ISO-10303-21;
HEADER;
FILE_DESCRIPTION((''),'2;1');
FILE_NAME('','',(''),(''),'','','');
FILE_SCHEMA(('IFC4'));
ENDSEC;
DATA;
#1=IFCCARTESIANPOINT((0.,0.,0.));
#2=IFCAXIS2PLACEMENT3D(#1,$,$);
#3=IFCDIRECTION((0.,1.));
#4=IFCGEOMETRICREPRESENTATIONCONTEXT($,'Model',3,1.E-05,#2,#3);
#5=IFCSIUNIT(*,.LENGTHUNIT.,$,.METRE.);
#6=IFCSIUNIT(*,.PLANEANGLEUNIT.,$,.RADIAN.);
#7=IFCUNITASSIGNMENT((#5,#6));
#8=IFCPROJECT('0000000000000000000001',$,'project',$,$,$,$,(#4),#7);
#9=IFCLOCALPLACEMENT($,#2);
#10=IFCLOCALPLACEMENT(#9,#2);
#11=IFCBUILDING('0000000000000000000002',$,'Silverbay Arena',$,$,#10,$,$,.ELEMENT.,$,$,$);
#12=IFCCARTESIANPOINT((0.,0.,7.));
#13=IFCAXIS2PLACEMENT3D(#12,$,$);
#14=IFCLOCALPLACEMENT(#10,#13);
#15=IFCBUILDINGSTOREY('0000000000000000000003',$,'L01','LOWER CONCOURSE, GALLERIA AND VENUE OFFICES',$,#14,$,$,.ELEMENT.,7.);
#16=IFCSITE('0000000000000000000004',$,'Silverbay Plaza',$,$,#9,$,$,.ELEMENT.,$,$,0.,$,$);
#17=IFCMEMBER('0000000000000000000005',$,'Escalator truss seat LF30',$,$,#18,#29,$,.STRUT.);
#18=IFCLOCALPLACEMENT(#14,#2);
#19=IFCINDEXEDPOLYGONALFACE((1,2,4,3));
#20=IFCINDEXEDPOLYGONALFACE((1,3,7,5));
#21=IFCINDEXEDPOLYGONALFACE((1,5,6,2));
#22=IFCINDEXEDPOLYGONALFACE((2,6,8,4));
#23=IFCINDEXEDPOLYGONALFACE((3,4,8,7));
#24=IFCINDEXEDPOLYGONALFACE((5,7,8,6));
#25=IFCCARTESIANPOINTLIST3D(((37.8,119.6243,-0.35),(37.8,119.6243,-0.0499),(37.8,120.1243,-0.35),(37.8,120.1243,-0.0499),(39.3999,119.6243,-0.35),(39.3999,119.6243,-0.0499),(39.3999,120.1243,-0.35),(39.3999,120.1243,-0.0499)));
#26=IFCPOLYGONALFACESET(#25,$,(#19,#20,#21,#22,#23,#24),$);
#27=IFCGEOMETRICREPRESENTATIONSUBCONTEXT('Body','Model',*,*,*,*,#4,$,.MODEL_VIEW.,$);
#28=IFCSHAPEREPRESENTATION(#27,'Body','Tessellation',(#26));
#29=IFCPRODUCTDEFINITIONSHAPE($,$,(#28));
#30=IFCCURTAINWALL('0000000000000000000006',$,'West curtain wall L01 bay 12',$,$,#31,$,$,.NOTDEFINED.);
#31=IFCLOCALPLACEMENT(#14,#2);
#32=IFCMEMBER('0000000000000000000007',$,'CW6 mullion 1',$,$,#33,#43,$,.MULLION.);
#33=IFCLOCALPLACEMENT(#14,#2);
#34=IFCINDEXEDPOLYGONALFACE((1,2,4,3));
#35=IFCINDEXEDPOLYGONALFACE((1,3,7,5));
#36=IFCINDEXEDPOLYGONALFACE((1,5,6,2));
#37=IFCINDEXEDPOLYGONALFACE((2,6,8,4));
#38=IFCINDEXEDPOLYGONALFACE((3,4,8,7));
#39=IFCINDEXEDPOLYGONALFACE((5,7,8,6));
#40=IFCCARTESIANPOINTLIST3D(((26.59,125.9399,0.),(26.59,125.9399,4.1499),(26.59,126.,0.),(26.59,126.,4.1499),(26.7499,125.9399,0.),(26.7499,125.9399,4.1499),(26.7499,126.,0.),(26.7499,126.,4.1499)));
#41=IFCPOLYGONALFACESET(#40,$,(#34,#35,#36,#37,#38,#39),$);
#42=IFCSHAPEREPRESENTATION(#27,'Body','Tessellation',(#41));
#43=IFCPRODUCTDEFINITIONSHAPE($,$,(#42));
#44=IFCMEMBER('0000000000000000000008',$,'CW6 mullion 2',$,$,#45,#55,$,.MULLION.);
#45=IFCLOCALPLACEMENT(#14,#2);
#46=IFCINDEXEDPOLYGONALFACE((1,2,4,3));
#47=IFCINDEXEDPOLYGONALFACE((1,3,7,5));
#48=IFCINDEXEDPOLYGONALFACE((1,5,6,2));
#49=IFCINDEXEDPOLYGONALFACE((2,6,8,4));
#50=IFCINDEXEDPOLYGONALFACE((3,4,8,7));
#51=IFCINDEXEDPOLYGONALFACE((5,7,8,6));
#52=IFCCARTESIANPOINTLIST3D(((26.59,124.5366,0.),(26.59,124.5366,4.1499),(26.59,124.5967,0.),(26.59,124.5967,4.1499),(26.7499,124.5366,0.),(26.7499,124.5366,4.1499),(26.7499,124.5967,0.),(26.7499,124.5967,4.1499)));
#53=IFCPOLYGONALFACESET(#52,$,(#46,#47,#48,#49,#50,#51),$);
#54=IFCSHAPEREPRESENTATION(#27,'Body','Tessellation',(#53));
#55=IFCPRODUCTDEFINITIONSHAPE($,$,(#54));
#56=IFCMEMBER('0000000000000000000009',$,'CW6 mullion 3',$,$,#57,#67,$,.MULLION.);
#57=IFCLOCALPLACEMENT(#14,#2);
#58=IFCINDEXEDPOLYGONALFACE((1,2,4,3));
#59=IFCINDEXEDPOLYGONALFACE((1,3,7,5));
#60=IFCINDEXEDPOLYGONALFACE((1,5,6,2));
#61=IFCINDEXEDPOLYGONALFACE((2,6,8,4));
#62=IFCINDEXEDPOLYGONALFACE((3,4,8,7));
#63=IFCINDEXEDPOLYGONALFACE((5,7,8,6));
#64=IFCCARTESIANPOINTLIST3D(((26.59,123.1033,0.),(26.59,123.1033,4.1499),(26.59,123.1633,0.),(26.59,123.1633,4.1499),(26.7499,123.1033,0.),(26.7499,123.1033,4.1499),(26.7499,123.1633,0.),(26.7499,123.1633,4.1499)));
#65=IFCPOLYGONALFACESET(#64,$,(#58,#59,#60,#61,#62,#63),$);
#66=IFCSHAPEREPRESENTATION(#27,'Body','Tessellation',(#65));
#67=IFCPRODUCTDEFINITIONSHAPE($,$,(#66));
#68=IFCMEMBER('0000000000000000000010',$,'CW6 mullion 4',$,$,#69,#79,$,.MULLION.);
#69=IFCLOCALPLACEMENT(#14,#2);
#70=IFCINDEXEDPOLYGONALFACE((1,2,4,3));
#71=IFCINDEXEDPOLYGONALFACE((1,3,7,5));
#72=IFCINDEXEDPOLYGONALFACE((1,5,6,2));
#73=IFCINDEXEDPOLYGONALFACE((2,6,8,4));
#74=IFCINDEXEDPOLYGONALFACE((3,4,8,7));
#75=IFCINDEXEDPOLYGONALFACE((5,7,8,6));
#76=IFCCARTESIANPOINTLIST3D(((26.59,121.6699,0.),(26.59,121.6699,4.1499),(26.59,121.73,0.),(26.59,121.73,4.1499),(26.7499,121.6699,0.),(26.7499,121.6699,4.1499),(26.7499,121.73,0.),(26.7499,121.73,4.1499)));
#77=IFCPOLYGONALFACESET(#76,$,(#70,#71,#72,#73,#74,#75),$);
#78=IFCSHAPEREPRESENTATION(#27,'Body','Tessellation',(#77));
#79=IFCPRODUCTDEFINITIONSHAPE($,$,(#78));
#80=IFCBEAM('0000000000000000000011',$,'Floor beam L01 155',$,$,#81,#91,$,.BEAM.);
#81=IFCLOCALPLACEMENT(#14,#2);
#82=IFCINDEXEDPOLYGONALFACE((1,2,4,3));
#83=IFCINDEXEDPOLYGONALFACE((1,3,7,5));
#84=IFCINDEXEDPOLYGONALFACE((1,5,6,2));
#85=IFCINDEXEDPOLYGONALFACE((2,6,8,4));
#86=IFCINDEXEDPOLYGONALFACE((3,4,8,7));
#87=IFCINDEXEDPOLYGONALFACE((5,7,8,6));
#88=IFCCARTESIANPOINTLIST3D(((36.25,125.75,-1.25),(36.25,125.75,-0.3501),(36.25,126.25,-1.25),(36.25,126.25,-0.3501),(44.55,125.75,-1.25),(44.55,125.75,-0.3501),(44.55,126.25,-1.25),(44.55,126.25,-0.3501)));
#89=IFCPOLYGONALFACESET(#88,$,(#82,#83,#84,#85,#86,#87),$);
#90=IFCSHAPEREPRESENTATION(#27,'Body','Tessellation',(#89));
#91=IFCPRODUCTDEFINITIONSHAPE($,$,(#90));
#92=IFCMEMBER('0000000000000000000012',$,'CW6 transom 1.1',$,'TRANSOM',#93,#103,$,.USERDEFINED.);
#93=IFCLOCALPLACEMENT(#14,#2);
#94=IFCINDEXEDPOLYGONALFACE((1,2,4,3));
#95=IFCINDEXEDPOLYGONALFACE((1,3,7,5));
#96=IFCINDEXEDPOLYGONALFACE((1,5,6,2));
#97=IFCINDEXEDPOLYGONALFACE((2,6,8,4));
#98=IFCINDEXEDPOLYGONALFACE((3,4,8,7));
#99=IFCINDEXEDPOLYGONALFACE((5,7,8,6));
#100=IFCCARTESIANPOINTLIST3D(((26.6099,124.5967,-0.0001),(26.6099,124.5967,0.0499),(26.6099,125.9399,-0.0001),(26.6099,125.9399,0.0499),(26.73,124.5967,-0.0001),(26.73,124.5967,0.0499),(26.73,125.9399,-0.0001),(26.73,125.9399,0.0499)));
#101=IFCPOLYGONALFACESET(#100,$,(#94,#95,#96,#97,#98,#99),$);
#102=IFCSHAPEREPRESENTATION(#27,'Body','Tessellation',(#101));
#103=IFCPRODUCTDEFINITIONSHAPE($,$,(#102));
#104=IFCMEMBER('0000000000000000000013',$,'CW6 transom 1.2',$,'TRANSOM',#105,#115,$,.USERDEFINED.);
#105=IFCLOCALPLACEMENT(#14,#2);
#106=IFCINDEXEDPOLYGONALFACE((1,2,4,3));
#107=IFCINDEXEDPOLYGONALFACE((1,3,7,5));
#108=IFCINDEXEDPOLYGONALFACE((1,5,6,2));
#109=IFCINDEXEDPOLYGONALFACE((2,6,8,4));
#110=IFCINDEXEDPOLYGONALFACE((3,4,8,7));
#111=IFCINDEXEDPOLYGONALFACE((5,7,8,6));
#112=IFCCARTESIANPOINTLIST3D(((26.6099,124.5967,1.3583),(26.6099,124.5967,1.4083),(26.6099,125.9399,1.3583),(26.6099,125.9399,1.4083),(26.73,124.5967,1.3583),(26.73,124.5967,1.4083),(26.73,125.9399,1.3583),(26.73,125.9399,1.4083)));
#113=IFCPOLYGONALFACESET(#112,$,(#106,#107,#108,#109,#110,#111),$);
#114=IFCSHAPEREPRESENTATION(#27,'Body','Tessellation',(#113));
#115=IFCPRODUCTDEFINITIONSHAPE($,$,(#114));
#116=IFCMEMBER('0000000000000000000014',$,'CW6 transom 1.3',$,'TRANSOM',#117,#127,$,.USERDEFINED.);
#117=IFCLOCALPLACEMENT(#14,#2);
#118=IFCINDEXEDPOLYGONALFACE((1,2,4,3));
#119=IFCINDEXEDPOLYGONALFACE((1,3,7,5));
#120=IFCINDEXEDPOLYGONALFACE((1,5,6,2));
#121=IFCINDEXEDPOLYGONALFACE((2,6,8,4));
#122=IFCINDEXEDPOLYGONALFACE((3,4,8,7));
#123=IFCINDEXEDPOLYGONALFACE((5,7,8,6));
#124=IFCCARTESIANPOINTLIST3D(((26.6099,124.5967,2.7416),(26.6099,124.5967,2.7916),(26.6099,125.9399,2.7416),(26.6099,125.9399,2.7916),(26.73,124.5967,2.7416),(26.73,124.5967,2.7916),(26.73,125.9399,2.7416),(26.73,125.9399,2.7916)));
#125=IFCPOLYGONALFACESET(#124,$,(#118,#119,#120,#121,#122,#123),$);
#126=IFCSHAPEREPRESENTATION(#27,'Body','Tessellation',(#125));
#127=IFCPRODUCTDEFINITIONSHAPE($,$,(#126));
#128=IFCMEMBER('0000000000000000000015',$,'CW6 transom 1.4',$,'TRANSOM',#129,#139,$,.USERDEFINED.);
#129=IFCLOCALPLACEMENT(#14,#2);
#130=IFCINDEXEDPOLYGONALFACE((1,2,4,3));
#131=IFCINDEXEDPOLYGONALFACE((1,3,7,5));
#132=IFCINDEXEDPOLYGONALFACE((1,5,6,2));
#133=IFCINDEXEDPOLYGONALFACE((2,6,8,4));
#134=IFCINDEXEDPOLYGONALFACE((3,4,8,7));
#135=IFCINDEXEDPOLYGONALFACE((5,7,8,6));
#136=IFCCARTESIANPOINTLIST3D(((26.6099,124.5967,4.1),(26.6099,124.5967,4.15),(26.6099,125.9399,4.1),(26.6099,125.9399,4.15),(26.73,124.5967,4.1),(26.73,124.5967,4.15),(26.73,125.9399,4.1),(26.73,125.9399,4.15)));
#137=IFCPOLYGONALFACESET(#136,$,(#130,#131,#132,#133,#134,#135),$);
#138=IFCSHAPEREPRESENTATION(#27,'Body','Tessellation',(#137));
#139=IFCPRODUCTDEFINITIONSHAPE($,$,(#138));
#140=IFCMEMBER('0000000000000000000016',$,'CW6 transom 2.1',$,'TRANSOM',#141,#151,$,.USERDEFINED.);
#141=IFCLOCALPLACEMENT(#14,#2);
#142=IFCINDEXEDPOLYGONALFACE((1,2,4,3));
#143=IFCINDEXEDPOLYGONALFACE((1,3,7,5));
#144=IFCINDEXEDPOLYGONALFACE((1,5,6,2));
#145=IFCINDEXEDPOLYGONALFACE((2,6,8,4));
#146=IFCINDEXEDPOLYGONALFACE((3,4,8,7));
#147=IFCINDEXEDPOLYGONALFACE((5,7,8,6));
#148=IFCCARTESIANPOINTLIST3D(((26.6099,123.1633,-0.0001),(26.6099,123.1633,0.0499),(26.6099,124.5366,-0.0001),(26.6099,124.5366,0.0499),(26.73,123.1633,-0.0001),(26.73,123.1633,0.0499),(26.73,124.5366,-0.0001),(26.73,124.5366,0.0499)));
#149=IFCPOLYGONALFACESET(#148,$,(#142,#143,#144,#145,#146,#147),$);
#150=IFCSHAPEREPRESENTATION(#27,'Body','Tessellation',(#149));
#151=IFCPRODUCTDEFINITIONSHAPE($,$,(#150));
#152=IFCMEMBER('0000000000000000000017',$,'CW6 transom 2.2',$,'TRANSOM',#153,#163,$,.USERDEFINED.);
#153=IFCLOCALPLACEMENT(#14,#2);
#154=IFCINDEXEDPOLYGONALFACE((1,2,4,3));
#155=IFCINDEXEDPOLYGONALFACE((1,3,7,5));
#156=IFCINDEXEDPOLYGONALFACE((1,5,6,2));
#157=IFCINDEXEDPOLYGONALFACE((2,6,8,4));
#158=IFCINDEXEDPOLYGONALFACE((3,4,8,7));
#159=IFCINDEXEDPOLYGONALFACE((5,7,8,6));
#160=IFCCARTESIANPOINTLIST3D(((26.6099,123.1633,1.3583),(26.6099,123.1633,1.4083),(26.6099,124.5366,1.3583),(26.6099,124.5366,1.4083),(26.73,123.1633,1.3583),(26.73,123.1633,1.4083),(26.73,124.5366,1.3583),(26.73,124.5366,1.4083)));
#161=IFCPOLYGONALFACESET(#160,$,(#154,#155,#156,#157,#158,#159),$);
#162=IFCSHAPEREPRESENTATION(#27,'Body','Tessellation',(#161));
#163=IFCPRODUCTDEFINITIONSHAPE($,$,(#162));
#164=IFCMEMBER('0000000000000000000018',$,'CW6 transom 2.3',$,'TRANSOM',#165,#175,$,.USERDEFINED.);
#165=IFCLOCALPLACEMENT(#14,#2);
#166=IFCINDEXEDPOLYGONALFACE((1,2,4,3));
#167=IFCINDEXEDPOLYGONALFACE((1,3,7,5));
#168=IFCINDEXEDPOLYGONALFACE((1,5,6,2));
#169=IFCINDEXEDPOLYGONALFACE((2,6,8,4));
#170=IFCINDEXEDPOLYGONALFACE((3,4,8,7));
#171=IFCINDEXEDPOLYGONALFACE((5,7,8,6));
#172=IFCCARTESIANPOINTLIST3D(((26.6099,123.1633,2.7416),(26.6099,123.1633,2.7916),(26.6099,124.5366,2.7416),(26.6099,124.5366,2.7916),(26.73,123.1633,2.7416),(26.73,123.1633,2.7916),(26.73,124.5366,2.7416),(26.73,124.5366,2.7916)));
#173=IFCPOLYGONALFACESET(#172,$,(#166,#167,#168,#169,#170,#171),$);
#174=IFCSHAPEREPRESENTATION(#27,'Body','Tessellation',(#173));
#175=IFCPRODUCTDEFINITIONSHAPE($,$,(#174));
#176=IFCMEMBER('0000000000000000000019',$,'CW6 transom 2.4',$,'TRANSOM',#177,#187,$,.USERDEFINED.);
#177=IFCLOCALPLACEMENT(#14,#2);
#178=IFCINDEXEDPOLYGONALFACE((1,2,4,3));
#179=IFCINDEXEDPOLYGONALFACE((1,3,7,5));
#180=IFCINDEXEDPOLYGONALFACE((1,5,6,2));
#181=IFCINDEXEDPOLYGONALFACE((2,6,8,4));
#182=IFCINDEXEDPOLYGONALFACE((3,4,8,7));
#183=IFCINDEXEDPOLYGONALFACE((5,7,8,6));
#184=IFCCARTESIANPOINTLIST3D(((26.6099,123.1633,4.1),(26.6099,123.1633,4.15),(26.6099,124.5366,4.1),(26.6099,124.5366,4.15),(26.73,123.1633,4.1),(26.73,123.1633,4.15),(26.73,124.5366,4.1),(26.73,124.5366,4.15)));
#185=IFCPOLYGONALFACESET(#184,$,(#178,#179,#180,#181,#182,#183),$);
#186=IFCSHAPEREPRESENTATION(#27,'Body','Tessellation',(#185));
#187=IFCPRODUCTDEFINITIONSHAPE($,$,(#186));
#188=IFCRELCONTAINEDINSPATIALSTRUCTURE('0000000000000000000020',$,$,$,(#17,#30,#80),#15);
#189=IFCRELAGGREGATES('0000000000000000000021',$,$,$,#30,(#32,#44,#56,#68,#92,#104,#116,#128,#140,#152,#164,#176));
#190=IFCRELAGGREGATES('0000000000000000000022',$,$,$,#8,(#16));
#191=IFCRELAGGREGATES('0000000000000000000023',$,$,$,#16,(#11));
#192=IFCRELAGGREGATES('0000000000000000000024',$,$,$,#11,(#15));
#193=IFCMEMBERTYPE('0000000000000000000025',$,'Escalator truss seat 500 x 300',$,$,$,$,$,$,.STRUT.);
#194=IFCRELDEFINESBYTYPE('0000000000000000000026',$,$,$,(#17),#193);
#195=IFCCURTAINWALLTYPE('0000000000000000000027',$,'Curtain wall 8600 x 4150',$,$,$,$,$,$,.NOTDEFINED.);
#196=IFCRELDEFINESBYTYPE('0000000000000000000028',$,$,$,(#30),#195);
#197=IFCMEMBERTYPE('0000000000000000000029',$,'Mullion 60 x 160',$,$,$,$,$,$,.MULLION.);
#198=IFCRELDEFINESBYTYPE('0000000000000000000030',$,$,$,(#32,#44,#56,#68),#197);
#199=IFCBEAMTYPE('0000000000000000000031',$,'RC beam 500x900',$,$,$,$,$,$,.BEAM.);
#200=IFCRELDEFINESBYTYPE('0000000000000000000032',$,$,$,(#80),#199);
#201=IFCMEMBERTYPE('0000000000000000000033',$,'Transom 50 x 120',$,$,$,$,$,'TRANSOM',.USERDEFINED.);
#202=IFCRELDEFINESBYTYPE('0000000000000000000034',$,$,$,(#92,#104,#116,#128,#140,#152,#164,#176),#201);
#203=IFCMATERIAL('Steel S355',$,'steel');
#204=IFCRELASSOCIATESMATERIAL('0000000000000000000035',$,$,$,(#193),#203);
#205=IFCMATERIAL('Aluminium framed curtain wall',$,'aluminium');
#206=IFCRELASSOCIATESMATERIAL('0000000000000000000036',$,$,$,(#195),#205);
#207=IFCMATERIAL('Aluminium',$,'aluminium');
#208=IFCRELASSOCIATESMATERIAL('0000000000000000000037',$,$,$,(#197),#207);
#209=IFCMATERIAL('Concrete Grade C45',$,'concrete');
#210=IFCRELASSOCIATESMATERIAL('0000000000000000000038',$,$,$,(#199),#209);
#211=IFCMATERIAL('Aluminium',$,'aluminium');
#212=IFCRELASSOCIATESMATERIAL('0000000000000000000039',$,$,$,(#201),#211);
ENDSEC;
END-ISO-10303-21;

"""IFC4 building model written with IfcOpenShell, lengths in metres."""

from ifc_helpers import new_model, si_unit, direction, frame, origin, origin_2d, place, context, subcontext, project, spatial, rectangle, extrude, material, material_profile, profile_set, type_object, element, aggregate, save


model = new_model("IFC4")

# Units and contexts
model_context = context("Model", 3, precision=1e-05, world=origin(), true_north=direction((0.0, 1.0)))
body_context = subcontext(model_context, "Body", "Model", "MODEL_VIEW")
ifc_project = project(units=[si_unit("LENGTHUNIT", "METRE"), si_unit("PLANEANGLEUNIT", "RADIAN")], contexts=[model_context])

# Site, building, storey
site_placement = place(None, origin())
site = spatial("IfcSite", under=ifc_project, at=site_placement, Name="Silverbay Plaza", CompositionType="ELEMENT", RefElevation=0.0)
building_placement = place(site_placement, origin())
building = spatial("IfcBuilding", under=site, at=building_placement, Name="Silverbay Arena", CompositionType="ELEMENT")
storey_placement = place(building_placement, frame((0.0, 0.0, 7.0)))
storey = spatial("IfcBuildingStorey", under=building, at=storey_placement, Name="L01", Description="LOWER CONCOURSE, GALLERIA AND VENUE OFFICES", CompositionType="ELEMENT", Elevation=7.0)

# Member
ifc_material_1 = material(Name="Steel S355", Category="steel")
ifc_material_profile_1 = material_profile(ifc_material_1, rectangle(XDim=0.5, YDim=0.3, at=origin_2d()), Name="BOX 500x300")
ifc_profile_set_1 = profile_set([ifc_material_profile_1], Name="Steel S355")
member_type_1 = type_object("IfcMemberType", Name="Escalator truss seat 500 x 300", PredefinedType="STRUT", material=ifc_profile_set_1)
member_1_placement = place(storey_placement, frame((37.8, 119.8743, -0.2), z_axis=(1.0, 0.0, 0.0), x_axis=(0.0, 1.0, 0.0)))
element("IfcMember", 1, at=member_1_placement, inside=storey, type_object=member_type_1, Name="Escalator truss seat LF30", PredefinedType="STRUT", context=body_context, shape_type="SweptSolid", body=[
    extrude(rectangle(XDim=0.5, YDim=0.3, at=origin_2d()), origin(), (0.0, 0.0, 1.0), 1.5999),
])

# Curtain wall, members
ifc_material_2 = material(Name="Aluminium framed curtain wall", Category="aluminium")
curtain_wall_type = type_object("IfcCurtainWallType", Name="Curtain wall 8600 x 4150", PredefinedType="NOTDEFINED", material=ifc_material_2)
curtain_wall_placement = place(storey_placement, origin())
curtain_wall = element("IfcCurtainWall", 2, at=curtain_wall_placement, inside=storey, type_object=curtain_wall_type, Name="West curtain wall L01 bay 12", PredefinedType="NOTDEFINED")
ifc_material_3 = material(Name="Aluminium", Category="aluminium")
ifc_material_profile_2 = material_profile(ifc_material_3, rectangle(XDim=0.1599, YDim=0.0601, at=origin_2d()), Name="Mullion 60 x 160")
ifc_profile_set_2 = profile_set([ifc_material_profile_2], Name="Aluminium")
member_type_2 = type_object("IfcMemberType", Name="Mullion 60 x 160", PredefinedType="MULLION", material=ifc_profile_set_2)
member_2_placement = place(storey_placement, frame((26.6699, 125.97, 0.0), z_axis=(0.0, 0.0, 1.0), x_axis=(1.0, 0.0, 0.0)))
member_2 = element("IfcMember", 3, at=member_2_placement, type_object=member_type_2, Name="CW6 mullion 1", PredefinedType="MULLION", context=body_context, shape_type="SweptSolid", body=[
    extrude(rectangle(XDim=0.1599, YDim=0.0601, at=origin_2d()), origin(), (0.0, 0.0, 1.0), 4.1499),
])
member_3_placement = place(storey_placement, frame((26.6699, 124.5667, 0.0), z_axis=(0.0, 0.0, 1.0), x_axis=(1.0, 0.0, 0.0)))
member_3 = element("IfcMember", 4, at=member_3_placement, type_object=member_type_2, Name="CW6 mullion 2", PredefinedType="MULLION", context=body_context, shape_type="SweptSolid", body=[
    extrude(rectangle(XDim=0.1599, YDim=0.0601, at=origin_2d()), origin(), (0.0, 0.0, 1.0), 4.1499),
])
member_4_placement = place(storey_placement, frame((26.6699, 123.1333, 0.0), z_axis=(0.0, 0.0, 1.0), x_axis=(1.0, 0.0, 0.0)))
member_4 = element("IfcMember", 5, at=member_4_placement, type_object=member_type_2, Name="CW6 mullion 3", PredefinedType="MULLION", context=body_context, shape_type="SweptSolid", body=[
    extrude(rectangle(XDim=0.1599, YDim=0.0601, at=origin_2d()), origin(), (0.0, 0.0, 1.0), 4.1499),
])
member_5_placement = place(storey_placement, frame((26.6699, 121.7, 0.0), z_axis=(0.0, 0.0, 1.0), x_axis=(1.0, 0.0, 0.0)))
member_5 = element("IfcMember", 6, at=member_5_placement, type_object=member_type_2, Name="CW6 mullion 4", PredefinedType="MULLION", context=body_context, shape_type="SweptSolid", body=[
    extrude(rectangle(XDim=0.1599, YDim=0.0601, at=origin_2d()), origin(), (0.0, 0.0, 1.0), 4.1499),
])

# Beam
ifc_material_4 = material(Name="Concrete Grade C45", Category="concrete")
ifc_material_profile_3 = material_profile(ifc_material_4, rectangle(XDim=0.5, YDim=0.8999, at=origin_2d()), Name="RC 500x900")
ifc_profile_set_3 = profile_set([ifc_material_profile_3], Name="Concrete Grade C45")
beam_type = type_object("IfcBeamType", Name="RC beam 500x900", PredefinedType="BEAM", material=ifc_profile_set_3)
beam_placement = place(storey_placement, frame((36.25, 126.0, -0.8), z_axis=(1.0, 0.0, 0.0), x_axis=(0.0, 1.0, 0.0)))
element("IfcBeam", 7, at=beam_placement, inside=storey, type_object=beam_type, Name="Floor beam L01 155", PredefinedType="BEAM", context=body_context, shape_type="SweptSolid", body=[
    extrude(rectangle(XDim=0.5, YDim=0.8999, at=origin_2d()), origin(), (0.0, 0.0, 1.0), 8.3),
])

# Members
ifc_material_5 = material(Name="Aluminium", Category="aluminium")
ifc_material_profile_4 = material_profile(ifc_material_5, rectangle(XDim=0.1201, YDim=0.05, at=origin_2d()), Name="Transom 50 x 120")
ifc_profile_set_4 = profile_set([ifc_material_profile_4], Name="Aluminium")
member_type_3 = type_object("IfcMemberType", Name="Transom 50 x 120", ElementType="TRANSOM", PredefinedType="USERDEFINED", material=ifc_profile_set_4)
member_6_placement = place(storey_placement, frame((26.6699, 125.9399, 0.0249), z_axis=(0.0, -1.0, 0.0), x_axis=(1.0, 0.0, 0.0)))
member_6 = element("IfcMember", 8, at=member_6_placement, type_object=member_type_3, Name="CW6 transom 1.1", ObjectType="TRANSOM", PredefinedType="USERDEFINED", context=body_context, shape_type="SweptSolid", body=[
    extrude(rectangle(XDim=0.1201, YDim=0.05, at=origin_2d()), origin(), (0.0, 0.0, 1.0), 1.3433),
])
member_7_placement = place(storey_placement, frame((26.6699, 125.9399, 1.3833), z_axis=(0.0, -1.0, 0.0), x_axis=(1.0, 0.0, 0.0)))
member_7 = element("IfcMember", 9, at=member_7_placement, type_object=member_type_3, Name="CW6 transom 1.2", ObjectType="TRANSOM", PredefinedType="USERDEFINED", context=body_context, shape_type="SweptSolid", body=[
    extrude(rectangle(XDim=0.1201, YDim=0.05, at=origin_2d()), origin(), (0.0, 0.0, 1.0), 1.3433),
])
member_8_placement = place(storey_placement, frame((26.6699, 125.9399, 2.7666), z_axis=(0.0, -1.0, 0.0), x_axis=(1.0, 0.0, 0.0)))
member_8 = element("IfcMember", 10, at=member_8_placement, type_object=member_type_3, Name="CW6 transom 1.3", ObjectType="TRANSOM", PredefinedType="USERDEFINED", context=body_context, shape_type="SweptSolid", body=[
    extrude(rectangle(XDim=0.1201, YDim=0.05, at=origin_2d()), origin(), (0.0, 0.0, 1.0), 1.3433),
])
member_9_placement = place(storey_placement, frame((26.6699, 125.9399, 4.125), z_axis=(0.0, -1.0, 0.0), x_axis=(1.0, 0.0, 0.0)))
member_9 = element("IfcMember", 11, at=member_9_placement, type_object=member_type_3, Name="CW6 transom 1.4", ObjectType="TRANSOM", PredefinedType="USERDEFINED", context=body_context, shape_type="SweptSolid", body=[
    extrude(rectangle(XDim=0.1201, YDim=0.05, at=origin_2d()), origin(), (0.0, 0.0, 1.0), 1.3433),
])
member_10_placement = place(storey_placement, frame((26.6699, 124.5366, 0.0249), z_axis=(0.0, -1.0, 0.0), x_axis=(1.0, 0.0, 0.0)))
member_10 = element("IfcMember", 12, at=member_10_placement, type_object=member_type_3, Name="CW6 transom 2.1", ObjectType="TRANSOM", PredefinedType="USERDEFINED", context=body_context, shape_type="SweptSolid", body=[
    extrude(rectangle(XDim=0.1201, YDim=0.05, at=origin_2d()), origin(), (0.0, 0.0, 1.0), 1.3733),
])
member_11_placement = place(storey_placement, frame((26.6699, 124.5366, 1.3833), z_axis=(0.0, -1.0, 0.0), x_axis=(1.0, 0.0, 0.0)))
member_11 = element("IfcMember", 13, at=member_11_placement, type_object=member_type_3, Name="CW6 transom 2.2", ObjectType="TRANSOM", PredefinedType="USERDEFINED", context=body_context, shape_type="SweptSolid", body=[
    extrude(rectangle(XDim=0.1201, YDim=0.05, at=origin_2d()), origin(), (0.0, 0.0, 1.0), 1.3733),
])
member_12_placement = place(storey_placement, frame((26.6699, 124.5366, 2.7666), z_axis=(0.0, -1.0, 0.0), x_axis=(1.0, 0.0, 0.0)))
member_12 = element("IfcMember", 14, at=member_12_placement, type_object=member_type_3, Name="CW6 transom 2.3", ObjectType="TRANSOM", PredefinedType="USERDEFINED", context=body_context, shape_type="SweptSolid", body=[
    extrude(rectangle(XDim=0.1201, YDim=0.05, at=origin_2d()), origin(), (0.0, 0.0, 1.0), 1.3733),
])
member_13_placement = place(storey_placement, frame((26.6699, 124.5366, 4.125), z_axis=(0.0, -1.0, 0.0), x_axis=(1.0, 0.0, 0.0)))
member_13 = element("IfcMember", 15, at=member_13_placement, type_object=member_type_3, Name="CW6 transom 2.4", ObjectType="TRANSOM", PredefinedType="USERDEFINED", context=body_context, shape_type="SweptSolid", body=[
    extrude(rectangle(XDim=0.1201, YDim=0.05, at=origin_2d()), origin(), (0.0, 0.0, 1.0), 1.3733),
])

aggregate(curtain_wall, [member_2, member_3, member_4, member_5, member_6, member_7, member_8, member_9, member_10, member_11, member_12, member_13])

save(model, "model.ifc")
